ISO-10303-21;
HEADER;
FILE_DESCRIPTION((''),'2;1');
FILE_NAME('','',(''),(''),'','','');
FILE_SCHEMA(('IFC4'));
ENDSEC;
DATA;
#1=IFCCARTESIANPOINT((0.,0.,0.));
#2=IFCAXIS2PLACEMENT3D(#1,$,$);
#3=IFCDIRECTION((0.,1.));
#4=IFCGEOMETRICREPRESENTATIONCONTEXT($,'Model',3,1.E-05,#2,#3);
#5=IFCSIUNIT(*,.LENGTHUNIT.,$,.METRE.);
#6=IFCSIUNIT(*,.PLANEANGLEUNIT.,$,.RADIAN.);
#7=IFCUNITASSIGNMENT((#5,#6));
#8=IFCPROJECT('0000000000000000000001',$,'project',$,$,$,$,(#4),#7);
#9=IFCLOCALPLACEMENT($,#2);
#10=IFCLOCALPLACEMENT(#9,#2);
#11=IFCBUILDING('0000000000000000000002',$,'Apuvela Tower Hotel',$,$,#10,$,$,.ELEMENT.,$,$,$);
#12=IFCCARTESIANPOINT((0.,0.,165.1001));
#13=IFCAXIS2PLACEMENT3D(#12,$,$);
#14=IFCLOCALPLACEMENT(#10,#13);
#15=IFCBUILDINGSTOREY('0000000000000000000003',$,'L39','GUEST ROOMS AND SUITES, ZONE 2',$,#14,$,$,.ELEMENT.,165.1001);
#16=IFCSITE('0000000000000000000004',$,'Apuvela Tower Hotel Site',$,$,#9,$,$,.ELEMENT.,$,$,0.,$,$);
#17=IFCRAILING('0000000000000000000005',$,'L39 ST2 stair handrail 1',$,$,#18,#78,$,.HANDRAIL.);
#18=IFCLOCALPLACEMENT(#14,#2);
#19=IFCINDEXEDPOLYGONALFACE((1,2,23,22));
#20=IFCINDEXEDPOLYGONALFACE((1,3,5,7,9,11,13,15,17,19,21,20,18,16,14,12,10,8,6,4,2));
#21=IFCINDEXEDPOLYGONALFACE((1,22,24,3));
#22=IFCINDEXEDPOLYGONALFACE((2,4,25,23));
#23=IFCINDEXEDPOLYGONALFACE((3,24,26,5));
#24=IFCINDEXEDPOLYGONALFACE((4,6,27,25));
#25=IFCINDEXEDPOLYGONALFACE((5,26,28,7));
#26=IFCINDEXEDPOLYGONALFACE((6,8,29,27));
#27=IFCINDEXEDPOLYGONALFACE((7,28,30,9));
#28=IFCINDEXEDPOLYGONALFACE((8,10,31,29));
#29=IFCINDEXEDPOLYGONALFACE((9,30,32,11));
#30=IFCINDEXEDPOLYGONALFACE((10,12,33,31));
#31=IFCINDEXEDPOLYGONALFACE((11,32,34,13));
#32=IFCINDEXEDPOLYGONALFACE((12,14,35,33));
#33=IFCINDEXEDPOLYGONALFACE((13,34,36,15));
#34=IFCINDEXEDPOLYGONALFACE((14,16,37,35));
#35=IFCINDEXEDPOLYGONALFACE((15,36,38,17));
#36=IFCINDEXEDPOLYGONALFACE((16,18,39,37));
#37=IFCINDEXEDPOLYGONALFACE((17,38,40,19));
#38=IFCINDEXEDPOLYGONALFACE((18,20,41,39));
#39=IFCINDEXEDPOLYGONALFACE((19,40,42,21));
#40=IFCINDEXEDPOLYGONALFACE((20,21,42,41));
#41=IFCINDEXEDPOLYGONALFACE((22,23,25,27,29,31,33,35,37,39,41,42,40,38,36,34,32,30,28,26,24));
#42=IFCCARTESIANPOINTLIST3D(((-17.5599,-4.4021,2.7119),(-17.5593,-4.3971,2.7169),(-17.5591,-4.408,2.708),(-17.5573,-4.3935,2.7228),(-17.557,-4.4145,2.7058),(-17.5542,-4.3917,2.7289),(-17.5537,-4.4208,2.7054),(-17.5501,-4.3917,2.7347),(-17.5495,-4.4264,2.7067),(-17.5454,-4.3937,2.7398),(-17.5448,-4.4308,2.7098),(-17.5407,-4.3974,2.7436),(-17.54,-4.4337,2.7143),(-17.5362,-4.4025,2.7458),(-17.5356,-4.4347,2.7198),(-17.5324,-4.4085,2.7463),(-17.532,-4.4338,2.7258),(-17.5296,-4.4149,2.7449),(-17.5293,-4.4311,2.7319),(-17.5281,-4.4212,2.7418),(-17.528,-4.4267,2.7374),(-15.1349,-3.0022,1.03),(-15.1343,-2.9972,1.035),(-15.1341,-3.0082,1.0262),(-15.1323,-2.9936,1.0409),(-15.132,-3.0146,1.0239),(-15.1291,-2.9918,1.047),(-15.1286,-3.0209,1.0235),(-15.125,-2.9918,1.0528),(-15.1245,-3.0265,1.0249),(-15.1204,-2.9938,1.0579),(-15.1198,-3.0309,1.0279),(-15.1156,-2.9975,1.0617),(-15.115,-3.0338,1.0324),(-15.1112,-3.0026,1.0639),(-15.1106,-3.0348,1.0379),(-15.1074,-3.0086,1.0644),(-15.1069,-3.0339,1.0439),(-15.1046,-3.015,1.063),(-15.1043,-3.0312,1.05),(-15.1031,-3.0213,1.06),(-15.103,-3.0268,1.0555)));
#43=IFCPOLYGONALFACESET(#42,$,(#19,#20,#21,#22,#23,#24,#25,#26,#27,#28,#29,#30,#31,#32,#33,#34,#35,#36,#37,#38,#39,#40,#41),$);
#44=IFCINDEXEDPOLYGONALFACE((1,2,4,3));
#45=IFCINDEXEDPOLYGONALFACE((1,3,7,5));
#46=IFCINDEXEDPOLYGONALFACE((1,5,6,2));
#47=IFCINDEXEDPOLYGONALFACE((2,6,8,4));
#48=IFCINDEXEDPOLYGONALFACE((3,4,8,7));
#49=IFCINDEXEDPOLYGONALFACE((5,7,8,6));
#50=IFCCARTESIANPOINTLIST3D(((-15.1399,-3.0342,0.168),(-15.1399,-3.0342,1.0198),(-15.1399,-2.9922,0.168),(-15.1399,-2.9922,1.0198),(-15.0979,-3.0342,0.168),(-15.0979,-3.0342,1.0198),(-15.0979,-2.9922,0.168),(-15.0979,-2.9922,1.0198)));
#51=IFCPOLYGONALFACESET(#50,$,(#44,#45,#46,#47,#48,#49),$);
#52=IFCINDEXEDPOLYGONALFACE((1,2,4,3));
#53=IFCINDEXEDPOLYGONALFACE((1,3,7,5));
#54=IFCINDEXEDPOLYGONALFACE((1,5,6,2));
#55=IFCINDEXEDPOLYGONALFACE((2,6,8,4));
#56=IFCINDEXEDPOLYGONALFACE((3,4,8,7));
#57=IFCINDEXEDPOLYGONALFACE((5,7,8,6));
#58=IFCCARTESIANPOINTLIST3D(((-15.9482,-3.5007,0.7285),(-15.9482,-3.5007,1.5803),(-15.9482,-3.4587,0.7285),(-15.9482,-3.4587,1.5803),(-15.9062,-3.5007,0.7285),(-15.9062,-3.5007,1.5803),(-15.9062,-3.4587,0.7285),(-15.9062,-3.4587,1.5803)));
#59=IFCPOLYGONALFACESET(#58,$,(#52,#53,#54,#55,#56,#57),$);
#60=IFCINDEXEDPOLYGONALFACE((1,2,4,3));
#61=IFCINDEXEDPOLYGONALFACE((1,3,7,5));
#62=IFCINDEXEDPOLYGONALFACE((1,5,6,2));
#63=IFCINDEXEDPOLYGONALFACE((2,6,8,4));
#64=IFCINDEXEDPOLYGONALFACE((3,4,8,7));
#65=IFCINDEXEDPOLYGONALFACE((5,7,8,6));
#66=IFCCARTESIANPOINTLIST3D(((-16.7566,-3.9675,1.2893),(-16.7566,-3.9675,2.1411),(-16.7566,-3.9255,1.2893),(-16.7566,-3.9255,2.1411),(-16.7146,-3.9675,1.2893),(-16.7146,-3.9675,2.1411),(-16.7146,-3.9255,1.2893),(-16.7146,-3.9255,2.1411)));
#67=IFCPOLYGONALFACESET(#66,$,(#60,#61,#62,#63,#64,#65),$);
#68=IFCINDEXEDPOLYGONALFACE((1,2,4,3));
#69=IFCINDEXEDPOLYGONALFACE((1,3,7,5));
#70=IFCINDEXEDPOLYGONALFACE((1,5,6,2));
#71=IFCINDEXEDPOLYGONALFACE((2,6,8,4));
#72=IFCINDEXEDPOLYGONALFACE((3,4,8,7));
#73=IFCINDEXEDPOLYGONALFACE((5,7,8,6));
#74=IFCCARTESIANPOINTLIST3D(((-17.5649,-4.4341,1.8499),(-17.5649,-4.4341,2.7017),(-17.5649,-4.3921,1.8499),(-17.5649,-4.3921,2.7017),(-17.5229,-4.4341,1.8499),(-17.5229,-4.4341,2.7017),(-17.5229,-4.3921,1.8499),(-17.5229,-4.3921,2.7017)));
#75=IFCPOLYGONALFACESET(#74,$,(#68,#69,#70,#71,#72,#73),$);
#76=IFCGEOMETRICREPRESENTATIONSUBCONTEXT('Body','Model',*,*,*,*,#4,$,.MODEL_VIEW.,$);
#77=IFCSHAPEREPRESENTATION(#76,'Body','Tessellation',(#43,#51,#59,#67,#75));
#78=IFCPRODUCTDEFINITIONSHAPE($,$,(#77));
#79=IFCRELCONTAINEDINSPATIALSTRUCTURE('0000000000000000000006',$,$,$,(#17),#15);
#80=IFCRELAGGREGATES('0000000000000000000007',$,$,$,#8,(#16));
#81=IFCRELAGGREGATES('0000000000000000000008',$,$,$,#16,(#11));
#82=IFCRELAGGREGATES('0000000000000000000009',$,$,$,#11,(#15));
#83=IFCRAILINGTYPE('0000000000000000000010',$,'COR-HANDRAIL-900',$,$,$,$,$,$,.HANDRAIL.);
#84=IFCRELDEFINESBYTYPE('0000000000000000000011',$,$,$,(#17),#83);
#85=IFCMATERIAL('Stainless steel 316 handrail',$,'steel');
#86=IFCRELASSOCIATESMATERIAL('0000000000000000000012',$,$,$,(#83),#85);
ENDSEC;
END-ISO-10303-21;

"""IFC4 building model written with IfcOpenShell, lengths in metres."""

from ifc_helpers import new_model, si_unit, direction, frame, origin, origin_2d, place, context, subcontext, project, spatial, rectangle, circle, extrude, material, type_object, element, save


model = new_model("IFC4")

# Units and contexts
model_context = context("Model", 3, precision=1e-05, world=origin(), true_north=direction((0.0, 1.0)))
body_context = subcontext(model_context, "Body", "Model", "MODEL_VIEW")
ifc_project = project(units=[si_unit("LENGTHUNIT", "METRE"), si_unit("PLANEANGLEUNIT", "RADIAN")], contexts=[model_context])

# Site, building, storey
site_placement = place(None, origin())
site = spatial("IfcSite", under=ifc_project, at=site_placement, Name="Apuvela Tower Hotel Site", CompositionType="ELEMENT", RefElevation=0.0)
building_placement = place(site_placement, origin())
building = spatial("IfcBuilding", under=site, at=building_placement, Name="Apuvela Tower Hotel", CompositionType="ELEMENT")
storey_placement = place(building_placement, frame((0.0, 0.0, 165.1001)))
storey = spatial("IfcBuildingStorey", under=building, at=storey_placement, Name="L39", Description="GUEST ROOMS AND SUITES, ZONE 2", CompositionType="ELEMENT", Elevation=165.1001)

# Railing
ifc_material_1 = material(Name="Stainless steel 316 handrail", Category="steel")
railing_type_1 = type_object("IfcRailingType", Name="COR-HANDRAIL-900", PredefinedType="HANDRAIL", material=ifc_material_1)
railing_1_placement = place(storey_placement, frame((-15.1189, -3.0132, 0.168)))
element("IfcRailing", 1, at=railing_1_placement, inside=storey, type_object=railing_type_1, Name="L39 ST2 stair handrail 1", PredefinedType="HANDRAIL", context=body_context, shape_type="SweptSolid", body=[
    extrude(circle(Radius=0.0239, at=origin_2d()), frame((0.0, 0.0, 0.876), z_axis=(-0.742424, -0.428577, 0.514906), x_axis=(0.499946, -0.866056, 0.0)), (0.0, 0.0, 1.0), 3.2664),
    extrude(rectangle(XDim=0.042, YDim=0.042, at=origin_2d()), origin(), (0.0, 0.0, 1.0), 0.8518),
    extrude(rectangle(XDim=0.042, YDim=0.042, at=origin_2d()), frame((-0.8083, -0.4666, 0.5605)), (0.0, 0.0, 1.0), 0.8518),
    extrude(rectangle(XDim=0.042, YDim=0.042, at=origin_2d()), frame((-1.6167, -0.9333, 1.1213)), (0.0, 0.0, 1.0), 0.8518),
    extrude(rectangle(XDim=0.042, YDim=0.042, at=origin_2d()), frame((-2.425, -1.3999, 1.6819)), (0.0, 0.0, 1.0), 0.8518),
])

save(model, "model.ifc")
